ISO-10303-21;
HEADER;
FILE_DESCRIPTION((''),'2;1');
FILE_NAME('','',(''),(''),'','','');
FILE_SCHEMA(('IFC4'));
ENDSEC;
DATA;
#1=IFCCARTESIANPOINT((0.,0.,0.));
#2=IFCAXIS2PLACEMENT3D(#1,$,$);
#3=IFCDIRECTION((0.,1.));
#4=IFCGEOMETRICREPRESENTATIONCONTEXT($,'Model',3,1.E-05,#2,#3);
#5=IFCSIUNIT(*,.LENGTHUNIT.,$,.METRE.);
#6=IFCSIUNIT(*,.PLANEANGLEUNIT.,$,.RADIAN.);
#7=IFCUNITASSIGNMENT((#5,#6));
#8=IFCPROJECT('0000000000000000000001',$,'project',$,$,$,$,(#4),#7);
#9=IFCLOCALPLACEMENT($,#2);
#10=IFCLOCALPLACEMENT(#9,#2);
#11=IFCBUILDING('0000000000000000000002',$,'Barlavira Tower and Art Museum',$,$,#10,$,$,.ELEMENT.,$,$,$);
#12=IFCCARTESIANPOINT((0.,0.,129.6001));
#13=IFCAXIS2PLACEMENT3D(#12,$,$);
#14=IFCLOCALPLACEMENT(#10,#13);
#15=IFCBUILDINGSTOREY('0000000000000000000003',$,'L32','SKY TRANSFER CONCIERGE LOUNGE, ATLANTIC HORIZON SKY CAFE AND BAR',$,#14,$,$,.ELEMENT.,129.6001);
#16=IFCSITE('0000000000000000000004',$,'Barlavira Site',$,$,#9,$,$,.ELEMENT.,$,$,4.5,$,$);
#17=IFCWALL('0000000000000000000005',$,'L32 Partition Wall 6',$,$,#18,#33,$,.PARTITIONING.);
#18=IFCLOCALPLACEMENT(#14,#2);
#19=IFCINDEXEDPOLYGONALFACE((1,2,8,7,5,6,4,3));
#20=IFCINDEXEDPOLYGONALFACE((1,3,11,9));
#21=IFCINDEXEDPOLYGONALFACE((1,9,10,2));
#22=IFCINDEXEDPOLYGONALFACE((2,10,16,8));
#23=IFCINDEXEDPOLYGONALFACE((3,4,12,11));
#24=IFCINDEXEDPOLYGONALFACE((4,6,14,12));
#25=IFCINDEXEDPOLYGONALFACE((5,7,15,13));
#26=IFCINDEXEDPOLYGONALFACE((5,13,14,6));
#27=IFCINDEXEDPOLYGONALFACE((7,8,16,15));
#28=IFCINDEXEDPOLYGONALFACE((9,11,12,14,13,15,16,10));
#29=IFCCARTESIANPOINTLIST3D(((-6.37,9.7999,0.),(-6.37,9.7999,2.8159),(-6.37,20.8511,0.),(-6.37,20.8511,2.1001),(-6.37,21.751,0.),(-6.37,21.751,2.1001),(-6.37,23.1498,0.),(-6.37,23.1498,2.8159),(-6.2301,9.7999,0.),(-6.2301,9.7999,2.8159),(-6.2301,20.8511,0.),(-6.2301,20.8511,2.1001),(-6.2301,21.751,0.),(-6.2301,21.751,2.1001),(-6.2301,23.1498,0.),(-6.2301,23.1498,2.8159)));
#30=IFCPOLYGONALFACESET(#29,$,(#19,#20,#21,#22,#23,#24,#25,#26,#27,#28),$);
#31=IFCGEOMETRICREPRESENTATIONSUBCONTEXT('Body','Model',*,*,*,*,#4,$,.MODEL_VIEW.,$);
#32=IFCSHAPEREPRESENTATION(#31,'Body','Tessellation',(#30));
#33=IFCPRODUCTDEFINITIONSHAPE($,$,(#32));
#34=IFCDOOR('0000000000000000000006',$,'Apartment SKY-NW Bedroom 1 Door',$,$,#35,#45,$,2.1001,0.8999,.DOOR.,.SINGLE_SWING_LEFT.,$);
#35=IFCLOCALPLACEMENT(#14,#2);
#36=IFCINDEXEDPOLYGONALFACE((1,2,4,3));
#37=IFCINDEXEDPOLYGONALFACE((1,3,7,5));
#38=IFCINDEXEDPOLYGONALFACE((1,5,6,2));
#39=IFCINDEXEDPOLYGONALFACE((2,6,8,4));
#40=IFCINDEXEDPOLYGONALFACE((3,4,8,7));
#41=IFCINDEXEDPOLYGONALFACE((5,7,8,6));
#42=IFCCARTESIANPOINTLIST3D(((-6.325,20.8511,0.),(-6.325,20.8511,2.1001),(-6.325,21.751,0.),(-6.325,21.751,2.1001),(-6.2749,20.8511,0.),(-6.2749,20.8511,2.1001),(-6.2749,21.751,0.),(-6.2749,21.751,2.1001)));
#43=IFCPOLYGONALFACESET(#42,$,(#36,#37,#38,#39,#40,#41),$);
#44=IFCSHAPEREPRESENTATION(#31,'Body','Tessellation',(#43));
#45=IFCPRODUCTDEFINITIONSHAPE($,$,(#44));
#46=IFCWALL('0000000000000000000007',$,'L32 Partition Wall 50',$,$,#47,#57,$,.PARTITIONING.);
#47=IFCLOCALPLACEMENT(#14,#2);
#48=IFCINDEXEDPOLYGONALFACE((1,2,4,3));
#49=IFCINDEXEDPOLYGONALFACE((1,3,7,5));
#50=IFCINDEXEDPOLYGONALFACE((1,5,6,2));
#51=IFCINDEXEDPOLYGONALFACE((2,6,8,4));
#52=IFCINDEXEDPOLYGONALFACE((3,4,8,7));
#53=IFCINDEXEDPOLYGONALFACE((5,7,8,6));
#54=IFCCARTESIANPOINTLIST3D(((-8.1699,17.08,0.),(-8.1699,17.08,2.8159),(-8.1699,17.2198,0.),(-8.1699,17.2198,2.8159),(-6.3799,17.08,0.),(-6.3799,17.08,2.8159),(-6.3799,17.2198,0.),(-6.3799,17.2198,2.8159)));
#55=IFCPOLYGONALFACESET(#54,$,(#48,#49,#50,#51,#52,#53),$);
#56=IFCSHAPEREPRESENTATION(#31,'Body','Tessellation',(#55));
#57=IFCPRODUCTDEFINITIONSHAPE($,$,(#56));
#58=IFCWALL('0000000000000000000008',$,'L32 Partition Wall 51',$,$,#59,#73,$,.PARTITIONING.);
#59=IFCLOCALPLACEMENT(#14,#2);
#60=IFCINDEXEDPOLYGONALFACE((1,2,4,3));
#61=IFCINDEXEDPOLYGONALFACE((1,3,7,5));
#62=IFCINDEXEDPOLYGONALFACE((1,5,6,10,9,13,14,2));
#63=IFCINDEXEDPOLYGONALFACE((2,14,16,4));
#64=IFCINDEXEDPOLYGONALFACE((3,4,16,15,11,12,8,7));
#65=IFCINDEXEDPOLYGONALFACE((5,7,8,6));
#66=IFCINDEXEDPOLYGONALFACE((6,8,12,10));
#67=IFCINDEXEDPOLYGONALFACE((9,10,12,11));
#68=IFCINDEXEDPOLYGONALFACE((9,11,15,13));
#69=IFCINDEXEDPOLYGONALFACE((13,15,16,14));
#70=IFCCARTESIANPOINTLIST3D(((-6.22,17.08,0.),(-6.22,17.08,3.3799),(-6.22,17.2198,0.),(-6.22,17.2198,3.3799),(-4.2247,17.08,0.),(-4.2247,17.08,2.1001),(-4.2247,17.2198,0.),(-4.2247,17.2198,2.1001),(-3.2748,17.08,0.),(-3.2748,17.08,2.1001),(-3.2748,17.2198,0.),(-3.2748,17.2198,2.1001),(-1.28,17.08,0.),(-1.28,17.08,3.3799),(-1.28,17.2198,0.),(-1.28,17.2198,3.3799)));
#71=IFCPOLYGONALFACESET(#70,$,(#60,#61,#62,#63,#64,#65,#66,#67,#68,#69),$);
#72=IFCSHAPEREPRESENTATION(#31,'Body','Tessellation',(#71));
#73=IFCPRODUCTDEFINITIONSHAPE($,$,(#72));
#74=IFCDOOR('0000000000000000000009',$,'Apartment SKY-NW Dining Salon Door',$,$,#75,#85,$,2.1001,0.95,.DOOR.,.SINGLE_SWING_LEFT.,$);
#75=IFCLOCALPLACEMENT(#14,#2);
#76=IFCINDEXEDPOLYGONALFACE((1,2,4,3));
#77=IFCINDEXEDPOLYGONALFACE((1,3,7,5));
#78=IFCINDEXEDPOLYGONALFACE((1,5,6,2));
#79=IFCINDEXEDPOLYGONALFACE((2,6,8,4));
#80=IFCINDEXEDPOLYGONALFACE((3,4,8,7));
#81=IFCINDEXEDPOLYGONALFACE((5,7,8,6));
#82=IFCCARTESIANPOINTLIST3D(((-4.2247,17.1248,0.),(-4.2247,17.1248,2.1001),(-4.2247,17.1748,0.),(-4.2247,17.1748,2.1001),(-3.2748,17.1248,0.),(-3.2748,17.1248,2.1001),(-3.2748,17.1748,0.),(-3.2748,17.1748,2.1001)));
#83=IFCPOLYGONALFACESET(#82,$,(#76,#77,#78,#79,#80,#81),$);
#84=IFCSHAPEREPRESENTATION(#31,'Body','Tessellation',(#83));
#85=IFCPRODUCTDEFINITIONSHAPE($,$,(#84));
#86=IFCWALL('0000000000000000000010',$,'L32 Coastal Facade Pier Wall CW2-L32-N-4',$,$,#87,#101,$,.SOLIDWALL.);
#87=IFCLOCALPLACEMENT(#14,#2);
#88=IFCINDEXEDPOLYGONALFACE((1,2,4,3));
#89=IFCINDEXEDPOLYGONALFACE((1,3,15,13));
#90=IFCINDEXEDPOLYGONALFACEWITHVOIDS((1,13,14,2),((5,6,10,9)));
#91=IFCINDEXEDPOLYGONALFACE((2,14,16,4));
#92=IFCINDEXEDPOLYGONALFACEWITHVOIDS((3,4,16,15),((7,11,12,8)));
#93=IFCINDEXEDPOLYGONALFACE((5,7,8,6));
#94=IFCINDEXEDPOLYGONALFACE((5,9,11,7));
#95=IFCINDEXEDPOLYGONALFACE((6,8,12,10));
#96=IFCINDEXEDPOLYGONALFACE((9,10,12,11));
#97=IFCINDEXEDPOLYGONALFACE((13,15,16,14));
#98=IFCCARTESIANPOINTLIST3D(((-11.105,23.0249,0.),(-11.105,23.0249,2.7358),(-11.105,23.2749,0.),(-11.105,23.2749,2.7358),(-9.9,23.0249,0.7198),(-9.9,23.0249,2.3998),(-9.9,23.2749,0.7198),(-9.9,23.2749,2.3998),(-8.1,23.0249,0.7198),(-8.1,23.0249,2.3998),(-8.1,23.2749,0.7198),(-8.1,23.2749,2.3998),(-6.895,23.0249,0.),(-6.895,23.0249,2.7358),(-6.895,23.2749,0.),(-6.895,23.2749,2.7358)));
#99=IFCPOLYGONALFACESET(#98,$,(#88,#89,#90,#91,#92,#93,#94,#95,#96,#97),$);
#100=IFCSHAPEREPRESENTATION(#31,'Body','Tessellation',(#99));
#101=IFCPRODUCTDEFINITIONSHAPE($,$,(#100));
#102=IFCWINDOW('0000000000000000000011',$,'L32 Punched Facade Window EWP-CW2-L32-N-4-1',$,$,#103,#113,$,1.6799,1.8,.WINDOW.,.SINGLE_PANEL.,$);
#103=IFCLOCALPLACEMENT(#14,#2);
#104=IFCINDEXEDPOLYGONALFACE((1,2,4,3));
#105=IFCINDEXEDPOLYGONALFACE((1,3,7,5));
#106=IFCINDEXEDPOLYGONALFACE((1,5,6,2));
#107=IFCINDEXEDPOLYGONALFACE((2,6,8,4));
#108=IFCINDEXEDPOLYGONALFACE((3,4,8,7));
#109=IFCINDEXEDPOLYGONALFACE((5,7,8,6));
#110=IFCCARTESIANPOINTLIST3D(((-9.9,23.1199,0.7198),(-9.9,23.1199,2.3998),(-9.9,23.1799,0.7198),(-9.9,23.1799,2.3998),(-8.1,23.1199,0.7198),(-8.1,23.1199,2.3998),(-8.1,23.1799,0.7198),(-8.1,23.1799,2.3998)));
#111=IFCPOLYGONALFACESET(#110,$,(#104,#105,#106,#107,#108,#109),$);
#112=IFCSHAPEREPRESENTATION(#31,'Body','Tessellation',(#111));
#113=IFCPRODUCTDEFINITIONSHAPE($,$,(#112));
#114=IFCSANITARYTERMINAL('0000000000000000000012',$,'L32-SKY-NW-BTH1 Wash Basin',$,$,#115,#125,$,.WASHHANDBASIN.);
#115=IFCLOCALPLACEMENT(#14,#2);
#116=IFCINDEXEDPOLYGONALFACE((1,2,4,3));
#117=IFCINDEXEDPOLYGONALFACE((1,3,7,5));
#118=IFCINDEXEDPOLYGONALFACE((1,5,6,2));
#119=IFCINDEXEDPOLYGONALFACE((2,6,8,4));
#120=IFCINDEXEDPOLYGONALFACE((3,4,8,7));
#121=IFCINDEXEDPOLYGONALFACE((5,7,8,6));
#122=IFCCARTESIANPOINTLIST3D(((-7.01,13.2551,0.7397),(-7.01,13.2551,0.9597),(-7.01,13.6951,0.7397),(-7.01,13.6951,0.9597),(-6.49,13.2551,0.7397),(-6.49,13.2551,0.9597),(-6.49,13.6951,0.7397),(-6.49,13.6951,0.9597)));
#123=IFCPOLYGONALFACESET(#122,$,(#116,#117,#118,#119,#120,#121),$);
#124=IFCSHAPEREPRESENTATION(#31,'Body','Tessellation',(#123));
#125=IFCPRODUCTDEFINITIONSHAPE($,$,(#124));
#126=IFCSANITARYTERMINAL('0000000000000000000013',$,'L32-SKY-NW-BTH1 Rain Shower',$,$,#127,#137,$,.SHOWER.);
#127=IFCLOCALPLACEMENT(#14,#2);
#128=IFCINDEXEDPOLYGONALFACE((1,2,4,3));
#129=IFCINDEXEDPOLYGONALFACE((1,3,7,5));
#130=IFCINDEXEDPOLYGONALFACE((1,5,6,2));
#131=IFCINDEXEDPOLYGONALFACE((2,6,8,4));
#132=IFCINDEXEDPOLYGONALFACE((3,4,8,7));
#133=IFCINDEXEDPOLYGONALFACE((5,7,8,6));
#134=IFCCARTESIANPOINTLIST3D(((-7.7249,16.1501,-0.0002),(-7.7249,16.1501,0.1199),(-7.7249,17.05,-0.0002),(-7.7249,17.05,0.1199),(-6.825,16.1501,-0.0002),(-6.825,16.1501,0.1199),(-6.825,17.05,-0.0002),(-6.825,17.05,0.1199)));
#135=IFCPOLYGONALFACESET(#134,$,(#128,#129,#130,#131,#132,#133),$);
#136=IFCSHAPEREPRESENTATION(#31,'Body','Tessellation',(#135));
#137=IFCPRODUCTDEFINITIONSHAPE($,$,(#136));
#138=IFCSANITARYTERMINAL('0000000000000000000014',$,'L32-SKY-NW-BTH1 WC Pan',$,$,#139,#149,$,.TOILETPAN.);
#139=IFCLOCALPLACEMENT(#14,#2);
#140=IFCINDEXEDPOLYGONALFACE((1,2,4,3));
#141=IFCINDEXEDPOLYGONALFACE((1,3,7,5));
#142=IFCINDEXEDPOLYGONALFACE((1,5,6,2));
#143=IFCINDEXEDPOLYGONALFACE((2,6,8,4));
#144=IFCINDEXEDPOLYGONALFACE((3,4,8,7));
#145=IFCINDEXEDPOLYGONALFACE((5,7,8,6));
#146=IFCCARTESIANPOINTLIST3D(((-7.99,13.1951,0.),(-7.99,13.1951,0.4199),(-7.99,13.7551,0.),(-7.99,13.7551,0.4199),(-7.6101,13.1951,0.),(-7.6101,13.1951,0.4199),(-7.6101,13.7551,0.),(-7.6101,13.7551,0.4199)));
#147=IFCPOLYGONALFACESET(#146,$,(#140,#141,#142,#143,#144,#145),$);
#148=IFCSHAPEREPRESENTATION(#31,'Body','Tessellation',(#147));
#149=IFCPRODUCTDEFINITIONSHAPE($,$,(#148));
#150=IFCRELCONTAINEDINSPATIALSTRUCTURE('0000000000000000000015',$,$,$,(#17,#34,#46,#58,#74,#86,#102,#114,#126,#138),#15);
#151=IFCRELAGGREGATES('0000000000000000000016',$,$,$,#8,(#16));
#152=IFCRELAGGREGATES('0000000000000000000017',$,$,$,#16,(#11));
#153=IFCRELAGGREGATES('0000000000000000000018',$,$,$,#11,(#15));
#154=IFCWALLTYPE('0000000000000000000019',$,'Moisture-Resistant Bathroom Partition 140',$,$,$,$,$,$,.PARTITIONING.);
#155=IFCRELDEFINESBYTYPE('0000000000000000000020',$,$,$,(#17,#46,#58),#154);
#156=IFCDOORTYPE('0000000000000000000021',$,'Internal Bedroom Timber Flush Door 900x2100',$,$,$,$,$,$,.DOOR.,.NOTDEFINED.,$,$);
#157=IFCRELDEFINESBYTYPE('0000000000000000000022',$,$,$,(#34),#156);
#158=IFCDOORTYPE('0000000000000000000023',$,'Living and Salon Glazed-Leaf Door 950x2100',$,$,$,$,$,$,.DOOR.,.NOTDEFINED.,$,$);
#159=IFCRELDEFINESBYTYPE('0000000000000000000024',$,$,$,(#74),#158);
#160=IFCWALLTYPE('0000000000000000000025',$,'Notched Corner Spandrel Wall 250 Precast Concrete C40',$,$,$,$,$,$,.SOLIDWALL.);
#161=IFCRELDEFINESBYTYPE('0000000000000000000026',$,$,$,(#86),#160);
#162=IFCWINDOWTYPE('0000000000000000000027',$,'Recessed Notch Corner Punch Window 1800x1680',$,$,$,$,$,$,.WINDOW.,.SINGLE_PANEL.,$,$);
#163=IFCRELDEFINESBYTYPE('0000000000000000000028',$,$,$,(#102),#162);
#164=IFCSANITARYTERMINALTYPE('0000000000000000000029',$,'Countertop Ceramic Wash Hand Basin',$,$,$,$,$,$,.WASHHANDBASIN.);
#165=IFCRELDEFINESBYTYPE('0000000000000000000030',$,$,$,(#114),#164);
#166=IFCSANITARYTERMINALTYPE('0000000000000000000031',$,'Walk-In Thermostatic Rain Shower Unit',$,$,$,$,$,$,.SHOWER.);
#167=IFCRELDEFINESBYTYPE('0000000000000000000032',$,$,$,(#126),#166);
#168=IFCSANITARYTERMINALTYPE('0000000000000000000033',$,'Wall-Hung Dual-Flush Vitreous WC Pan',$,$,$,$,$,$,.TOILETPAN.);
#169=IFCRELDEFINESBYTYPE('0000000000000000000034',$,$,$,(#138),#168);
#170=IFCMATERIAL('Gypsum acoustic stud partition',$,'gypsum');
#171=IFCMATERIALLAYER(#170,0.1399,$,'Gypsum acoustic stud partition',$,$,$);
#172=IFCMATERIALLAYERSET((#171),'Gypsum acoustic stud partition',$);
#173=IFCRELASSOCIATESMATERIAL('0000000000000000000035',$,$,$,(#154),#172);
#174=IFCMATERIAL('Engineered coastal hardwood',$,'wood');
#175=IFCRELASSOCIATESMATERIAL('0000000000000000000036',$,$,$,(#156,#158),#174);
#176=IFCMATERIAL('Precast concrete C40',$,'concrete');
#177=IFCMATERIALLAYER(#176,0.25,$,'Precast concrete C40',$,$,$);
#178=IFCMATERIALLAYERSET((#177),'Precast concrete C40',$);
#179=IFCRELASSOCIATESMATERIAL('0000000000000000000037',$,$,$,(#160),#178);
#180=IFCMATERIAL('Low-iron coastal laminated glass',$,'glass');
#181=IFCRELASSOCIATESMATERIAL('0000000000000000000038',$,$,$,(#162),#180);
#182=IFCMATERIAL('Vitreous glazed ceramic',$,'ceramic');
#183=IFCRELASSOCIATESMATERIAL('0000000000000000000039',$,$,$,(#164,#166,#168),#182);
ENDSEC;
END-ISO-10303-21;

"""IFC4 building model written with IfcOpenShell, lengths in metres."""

from ifc_helpers import new_model, si_unit, direction, frame, frame_2d, origin, origin_2d, place, context, subcontext, project, spatial, rectangle, extrude, material, layer, layer_set, type_object, element, fill, save


model = new_model("IFC4")

# Units and contexts
model_context = context("Model", 3, precision=1e-05, world=origin(), true_north=direction((0.0, 1.0)))
body_context = subcontext(model_context, "Body", "Model", "MODEL_VIEW")
ifc_project = project(units=[si_unit("LENGTHUNIT", "METRE"), si_unit("PLANEANGLEUNIT", "RADIAN")], contexts=[model_context])

# Site, building, storey
site_placement = place(None, origin())
site = spatial("IfcSite", under=ifc_project, at=site_placement, Name="Barlavira Site", CompositionType="ELEMENT", RefElevation=4.5)
building_placement = place(site_placement, origin())
building = spatial("IfcBuilding", under=site, at=building_placement, Name="Barlavira Tower and Art Museum", CompositionType="ELEMENT")
storey_placement = place(building_placement, frame((0.0, 0.0, 129.6001)))
storey = spatial("IfcBuildingStorey", under=building, at=storey_placement, Name="L32", Description="SKY TRANSFER CONCIERGE LOUNGE, ATLANTIC HORIZON SKY CAFE AND BAR", CompositionType="ELEMENT", Elevation=129.6001)

# Shared definitions
ifc_material_1 = material(Name="Low-iron coastal laminated glass", Category="glass")

# Shared definitions
ifc_material_2 = material(Name="Gypsum acoustic stud partition", Category="gypsum")

# Wall, opening, door
ifc_layer_1 = layer(ifc_material_2, 0.1399, Name="Gypsum acoustic stud partition")
ifc_layer_set_1 = layer_set([ifc_layer_1], Name="Gypsum acoustic stud partition")
wall_type_1 = type_object("IfcWallType", Name="Moisture-Resistant Bathroom Partition 140", PredefinedType="PARTITIONING", material=ifc_layer_set_1)
wall_1_placement = place(storey_placement, frame((-6.3, 9.8, 0.0), z_axis=(0.0, 0.0, 1.0), x_axis=(0.0, 1.0, 0.0)))
wall_1 = element("IfcWall", 1, at=wall_1_placement, inside=storey, type_object=wall_type_1, Name="L32 Partition Wall 6", PredefinedType="PARTITIONING", context=body_context, shape_type="SweptSolid", body=[
    extrude(rectangle(XDim=13.3499, YDim=0.1399, at=frame_2d((6.6748, 0.0))), origin(), (0.0, 0.0, 1.0), 2.8159),
])
opening_1_placement = place(wall_1_placement, frame((11.051, 0.0, 0.0)))
opening_1 = element("IfcOpeningElement", 2, at=opening_1_placement, cuts=wall_1, PredefinedType="OPENING", context=body_context, shape_type="SweptSolid", body=[
    extrude(rectangle(XDim=0.8999, YDim=2.1001, at=frame_2d((0.45, 1.05))), frame((0.0, 0.0801, 0.0), z_axis=(0.0, -1.0, 0.0), x_axis=(1.0, 0.0, 0.0)), (0.0, 0.0, 1.0), 0.1599),
])
ifc_material_3 = material(Name="Engineered coastal hardwood", Category="wood")
door_type_1 = type_object("IfcDoorType", Name="Internal Bedroom Timber Flush Door 900x2100", OperationType="NOTDEFINED", PredefinedType="DOOR", material=ifc_material_3)
door_1_placement = place(opening_1_placement, origin())
door_1 = element("IfcDoor", 3, at=door_1_placement, inside=storey, type_object=door_type_1, Name="Apartment SKY-NW Bedroom 1 Door", OperationType="SINGLE_SWING_LEFT", OverallHeight=2.1001, OverallWidth=0.8999, PredefinedType="DOOR", context=body_context, shape_type="SweptSolid", body=[
    extrude(rectangle(XDim=0.8999, YDim=2.1001, at=frame_2d((0.45, 1.05))), frame((0.0, 0.0249, 0.0), z_axis=(0.0, -1.0, 0.0), x_axis=(1.0, 0.0, 0.0)), (0.0, 0.0, 1.0), 0.05),
])
fill(opening_1, door_1)

# Wall
wall_2_placement = place(storey_placement, frame((-8.1699, 17.1499, 0.0), z_axis=(0.0, 0.0, 1.0), x_axis=(1.0, 0.0, 0.0)))
element("IfcWall", 4, at=wall_2_placement, inside=storey, type_object=wall_type_1, Name="L32 Partition Wall 50", PredefinedType="PARTITIONING", context=body_context, shape_type="SweptSolid", body=[
    extrude(rectangle(XDim=1.79, YDim=0.1399, at=frame_2d((0.895, 0.0))), origin(), (0.0, 0.0, 1.0), 2.8159),
])

# Wall, opening, door
wall_3_placement = place(storey_placement, frame((-6.22, 17.1499, 0.0), z_axis=(0.0, 0.0, 1.0), x_axis=(1.0, 0.0, 0.0)))
wall_3 = element("IfcWall", 5, at=wall_3_placement, inside=storey, type_object=wall_type_1, Name="L32 Partition Wall 51", PredefinedType="PARTITIONING", context=body_context, shape_type="SweptSolid", body=[
    extrude(rectangle(XDim=4.9399, YDim=0.1399, at=frame_2d((2.47, 0.0))), origin(), (0.0, 0.0, 1.0), 3.3799),
])
opening_2_placement = place(wall_3_placement, frame((1.9951, 0.0, 0.0)))
opening_2 = element("IfcOpeningElement", 6, at=opening_2_placement, cuts=wall_3, PredefinedType="OPENING", context=body_context, shape_type="SweptSolid", body=[
    extrude(rectangle(XDim=0.95, YDim=2.1001, at=frame_2d((0.4751, 1.05))), frame((0.0, 0.0801, 0.0), z_axis=(0.0, -1.0, 0.0), x_axis=(1.0, 0.0, 0.0)), (0.0, 0.0, 1.0), 0.1599),
])
door_type_2 = type_object("IfcDoorType", Name="Living and Salon Glazed-Leaf Door 950x2100", OperationType="NOTDEFINED", PredefinedType="DOOR", material=ifc_material_3)
door_2_placement = place(opening_2_placement, origin())
door_2 = element("IfcDoor", 7, at=door_2_placement, inside=storey, type_object=door_type_2, Name="Apartment SKY-NW Dining Salon Door", OperationType="SINGLE_SWING_LEFT", OverallHeight=2.1001, OverallWidth=0.95, PredefinedType="DOOR", context=body_context, shape_type="SweptSolid", body=[
    extrude(rectangle(XDim=0.95, YDim=2.1001, at=frame_2d((0.4751, 1.05))), frame((0.0, 0.0249, 0.0), z_axis=(0.0, -1.0, 0.0), x_axis=(1.0, 0.0, 0.0)), (0.0, 0.0, 1.0), 0.05),
])
fill(opening_2, door_2)

# Wall, opening, window
ifc_material_4 = material(Name="Precast concrete C40", Category="concrete")
ifc_layer_2 = layer(ifc_material_4, 0.25, Name="Precast concrete C40")
ifc_layer_set_2 = layer_set([ifc_layer_2], Name="Precast concrete C40")
wall_type_2 = type_object("IfcWallType", Name="Notched Corner Spandrel Wall 250 Precast Concrete C40", PredefinedType="SOLIDWALL", material=ifc_layer_set_2)
wall_4_placement = place(storey_placement, frame((-6.895, 23.1499, 0.0), z_axis=(0.0, 0.0, 1.0), x_axis=(-1.0, 0.0, 0.0)))
wall_4 = element("IfcWall", 8, at=wall_4_placement, inside=storey, type_object=wall_type_2, Name="L32 Coastal Facade Pier Wall CW2-L32-N-4", PredefinedType="SOLIDWALL", context=body_context, shape_type="SweptSolid", body=[
    extrude(rectangle(XDim=4.21, YDim=0.25, at=frame_2d((2.105, 0.0))), origin(), (0.0, 0.0, 1.0), 2.7358),
])
opening_3_placement = place(wall_4_placement, frame((1.2051, 0.0, 0.72)))
opening_3 = element("IfcOpeningElement", 9, at=opening_3_placement, cuts=wall_4, PredefinedType="OPENING", context=body_context, shape_type="SweptSolid", body=[
    extrude(rectangle(XDim=1.8, YDim=1.6799, at=frame_2d((0.8999, 0.8398))), frame((0.0, 0.135, 0.0), z_axis=(0.0, -1.0, 0.0), x_axis=(1.0, 0.0, 0.0)), (0.0, 0.0, 1.0), 0.27),
])
window_type = type_object("IfcWindowType", Name="Recessed Notch Corner Punch Window 1800x1680", PartitioningType="SINGLE_PANEL", PredefinedType="WINDOW", material=ifc_material_1)
window_placement = place(opening_3_placement, origin())
window = element("IfcWindow", 10, at=window_placement, inside=storey, type_object=window_type, Name="L32 Punched Facade Window EWP-CW2-L32-N-4-1", OverallHeight=1.6799, OverallWidth=1.8, PartitioningType="SINGLE_PANEL", PredefinedType="WINDOW", context=body_context, shape_type="SweptSolid", body=[
    extrude(rectangle(XDim=1.8, YDim=1.6799, at=frame_2d((0.8999, 0.8398))), frame((0.0, 0.03, 0.0), z_axis=(0.0, -1.0, 0.0), x_axis=(1.0, 0.0, 0.0)), (0.0, 0.0, 1.0), 0.0601),
])
fill(opening_3, window)

# Sanitary terminals
ifc_material_5 = material(Name="Vitreous glazed ceramic", Category="ceramic")
sanitary_terminal_type_1 = type_object("IfcSanitaryTerminalType", Name="Countertop Ceramic Wash Hand Basin", PredefinedType="WASHHANDBASIN", material=ifc_material_5)
sanitary_terminal_1_placement = place(storey_placement, frame((-6.75, 13.4751, 0.7397), z_axis=(0.0, 0.0, 1.0), x_axis=(1.0, 0.0, 0.0)))
element("IfcSanitaryTerminal", 11, at=sanitary_terminal_1_placement, inside=storey, type_object=sanitary_terminal_type_1, Name="L32-SKY-NW-BTH1 Wash Basin", PredefinedType="WASHHANDBASIN", context=body_context, shape_type="SweptSolid", body=[
    extrude(rectangle(XDim=0.52, YDim=0.4399, at=origin_2d()), origin(), (0.0, 0.0, 1.0), 0.22),
])
sanitary_terminal_type_2 = type_object("IfcSanitaryTerminalType", Name="Walk-In Thermostatic Rain Shower Unit", PredefinedType="SHOWER", material=ifc_material_5)
sanitary_terminal_2_placement = place(storey_placement, frame((-7.2749, 16.6001, -0.0002), z_axis=(0.0, 0.0, 1.0), x_axis=(1.0, 0.0, 0.0)))
element("IfcSanitaryTerminal", 12, at=sanitary_terminal_2_placement, inside=storey, type_object=sanitary_terminal_type_2, Name="L32-SKY-NW-BTH1 Rain Shower", PredefinedType="SHOWER", context=body_context, shape_type="SweptSolid", body=[
    extrude(rectangle(XDim=0.8999, YDim=0.8999, at=origin_2d()), origin(), (0.0, 0.0, 1.0), 0.1201),
])
sanitary_terminal_type_3 = type_object("IfcSanitaryTerminalType", Name="Wall-Hung Dual-Flush Vitreous WC Pan", PredefinedType="TOILETPAN", material=ifc_material_5)
sanitary_terminal_3_placement = place(storey_placement, frame((-7.8, 13.4751, 0.0), z_axis=(0.0, 0.0, 1.0), x_axis=(1.0, 0.0, 0.0)))
element("IfcSanitaryTerminal", 13, at=sanitary_terminal_3_placement, inside=storey, type_object=sanitary_terminal_type_3, Name="L32-SKY-NW-BTH1 WC Pan", PredefinedType="TOILETPAN", context=body_context, shape_type="SweptSolid", body=[
    extrude(rectangle(XDim=0.3799, YDim=0.5601, at=origin_2d()), origin(), (0.0, 0.0, 1.0), 0.4199),
])

save(model, "model.ifc")
